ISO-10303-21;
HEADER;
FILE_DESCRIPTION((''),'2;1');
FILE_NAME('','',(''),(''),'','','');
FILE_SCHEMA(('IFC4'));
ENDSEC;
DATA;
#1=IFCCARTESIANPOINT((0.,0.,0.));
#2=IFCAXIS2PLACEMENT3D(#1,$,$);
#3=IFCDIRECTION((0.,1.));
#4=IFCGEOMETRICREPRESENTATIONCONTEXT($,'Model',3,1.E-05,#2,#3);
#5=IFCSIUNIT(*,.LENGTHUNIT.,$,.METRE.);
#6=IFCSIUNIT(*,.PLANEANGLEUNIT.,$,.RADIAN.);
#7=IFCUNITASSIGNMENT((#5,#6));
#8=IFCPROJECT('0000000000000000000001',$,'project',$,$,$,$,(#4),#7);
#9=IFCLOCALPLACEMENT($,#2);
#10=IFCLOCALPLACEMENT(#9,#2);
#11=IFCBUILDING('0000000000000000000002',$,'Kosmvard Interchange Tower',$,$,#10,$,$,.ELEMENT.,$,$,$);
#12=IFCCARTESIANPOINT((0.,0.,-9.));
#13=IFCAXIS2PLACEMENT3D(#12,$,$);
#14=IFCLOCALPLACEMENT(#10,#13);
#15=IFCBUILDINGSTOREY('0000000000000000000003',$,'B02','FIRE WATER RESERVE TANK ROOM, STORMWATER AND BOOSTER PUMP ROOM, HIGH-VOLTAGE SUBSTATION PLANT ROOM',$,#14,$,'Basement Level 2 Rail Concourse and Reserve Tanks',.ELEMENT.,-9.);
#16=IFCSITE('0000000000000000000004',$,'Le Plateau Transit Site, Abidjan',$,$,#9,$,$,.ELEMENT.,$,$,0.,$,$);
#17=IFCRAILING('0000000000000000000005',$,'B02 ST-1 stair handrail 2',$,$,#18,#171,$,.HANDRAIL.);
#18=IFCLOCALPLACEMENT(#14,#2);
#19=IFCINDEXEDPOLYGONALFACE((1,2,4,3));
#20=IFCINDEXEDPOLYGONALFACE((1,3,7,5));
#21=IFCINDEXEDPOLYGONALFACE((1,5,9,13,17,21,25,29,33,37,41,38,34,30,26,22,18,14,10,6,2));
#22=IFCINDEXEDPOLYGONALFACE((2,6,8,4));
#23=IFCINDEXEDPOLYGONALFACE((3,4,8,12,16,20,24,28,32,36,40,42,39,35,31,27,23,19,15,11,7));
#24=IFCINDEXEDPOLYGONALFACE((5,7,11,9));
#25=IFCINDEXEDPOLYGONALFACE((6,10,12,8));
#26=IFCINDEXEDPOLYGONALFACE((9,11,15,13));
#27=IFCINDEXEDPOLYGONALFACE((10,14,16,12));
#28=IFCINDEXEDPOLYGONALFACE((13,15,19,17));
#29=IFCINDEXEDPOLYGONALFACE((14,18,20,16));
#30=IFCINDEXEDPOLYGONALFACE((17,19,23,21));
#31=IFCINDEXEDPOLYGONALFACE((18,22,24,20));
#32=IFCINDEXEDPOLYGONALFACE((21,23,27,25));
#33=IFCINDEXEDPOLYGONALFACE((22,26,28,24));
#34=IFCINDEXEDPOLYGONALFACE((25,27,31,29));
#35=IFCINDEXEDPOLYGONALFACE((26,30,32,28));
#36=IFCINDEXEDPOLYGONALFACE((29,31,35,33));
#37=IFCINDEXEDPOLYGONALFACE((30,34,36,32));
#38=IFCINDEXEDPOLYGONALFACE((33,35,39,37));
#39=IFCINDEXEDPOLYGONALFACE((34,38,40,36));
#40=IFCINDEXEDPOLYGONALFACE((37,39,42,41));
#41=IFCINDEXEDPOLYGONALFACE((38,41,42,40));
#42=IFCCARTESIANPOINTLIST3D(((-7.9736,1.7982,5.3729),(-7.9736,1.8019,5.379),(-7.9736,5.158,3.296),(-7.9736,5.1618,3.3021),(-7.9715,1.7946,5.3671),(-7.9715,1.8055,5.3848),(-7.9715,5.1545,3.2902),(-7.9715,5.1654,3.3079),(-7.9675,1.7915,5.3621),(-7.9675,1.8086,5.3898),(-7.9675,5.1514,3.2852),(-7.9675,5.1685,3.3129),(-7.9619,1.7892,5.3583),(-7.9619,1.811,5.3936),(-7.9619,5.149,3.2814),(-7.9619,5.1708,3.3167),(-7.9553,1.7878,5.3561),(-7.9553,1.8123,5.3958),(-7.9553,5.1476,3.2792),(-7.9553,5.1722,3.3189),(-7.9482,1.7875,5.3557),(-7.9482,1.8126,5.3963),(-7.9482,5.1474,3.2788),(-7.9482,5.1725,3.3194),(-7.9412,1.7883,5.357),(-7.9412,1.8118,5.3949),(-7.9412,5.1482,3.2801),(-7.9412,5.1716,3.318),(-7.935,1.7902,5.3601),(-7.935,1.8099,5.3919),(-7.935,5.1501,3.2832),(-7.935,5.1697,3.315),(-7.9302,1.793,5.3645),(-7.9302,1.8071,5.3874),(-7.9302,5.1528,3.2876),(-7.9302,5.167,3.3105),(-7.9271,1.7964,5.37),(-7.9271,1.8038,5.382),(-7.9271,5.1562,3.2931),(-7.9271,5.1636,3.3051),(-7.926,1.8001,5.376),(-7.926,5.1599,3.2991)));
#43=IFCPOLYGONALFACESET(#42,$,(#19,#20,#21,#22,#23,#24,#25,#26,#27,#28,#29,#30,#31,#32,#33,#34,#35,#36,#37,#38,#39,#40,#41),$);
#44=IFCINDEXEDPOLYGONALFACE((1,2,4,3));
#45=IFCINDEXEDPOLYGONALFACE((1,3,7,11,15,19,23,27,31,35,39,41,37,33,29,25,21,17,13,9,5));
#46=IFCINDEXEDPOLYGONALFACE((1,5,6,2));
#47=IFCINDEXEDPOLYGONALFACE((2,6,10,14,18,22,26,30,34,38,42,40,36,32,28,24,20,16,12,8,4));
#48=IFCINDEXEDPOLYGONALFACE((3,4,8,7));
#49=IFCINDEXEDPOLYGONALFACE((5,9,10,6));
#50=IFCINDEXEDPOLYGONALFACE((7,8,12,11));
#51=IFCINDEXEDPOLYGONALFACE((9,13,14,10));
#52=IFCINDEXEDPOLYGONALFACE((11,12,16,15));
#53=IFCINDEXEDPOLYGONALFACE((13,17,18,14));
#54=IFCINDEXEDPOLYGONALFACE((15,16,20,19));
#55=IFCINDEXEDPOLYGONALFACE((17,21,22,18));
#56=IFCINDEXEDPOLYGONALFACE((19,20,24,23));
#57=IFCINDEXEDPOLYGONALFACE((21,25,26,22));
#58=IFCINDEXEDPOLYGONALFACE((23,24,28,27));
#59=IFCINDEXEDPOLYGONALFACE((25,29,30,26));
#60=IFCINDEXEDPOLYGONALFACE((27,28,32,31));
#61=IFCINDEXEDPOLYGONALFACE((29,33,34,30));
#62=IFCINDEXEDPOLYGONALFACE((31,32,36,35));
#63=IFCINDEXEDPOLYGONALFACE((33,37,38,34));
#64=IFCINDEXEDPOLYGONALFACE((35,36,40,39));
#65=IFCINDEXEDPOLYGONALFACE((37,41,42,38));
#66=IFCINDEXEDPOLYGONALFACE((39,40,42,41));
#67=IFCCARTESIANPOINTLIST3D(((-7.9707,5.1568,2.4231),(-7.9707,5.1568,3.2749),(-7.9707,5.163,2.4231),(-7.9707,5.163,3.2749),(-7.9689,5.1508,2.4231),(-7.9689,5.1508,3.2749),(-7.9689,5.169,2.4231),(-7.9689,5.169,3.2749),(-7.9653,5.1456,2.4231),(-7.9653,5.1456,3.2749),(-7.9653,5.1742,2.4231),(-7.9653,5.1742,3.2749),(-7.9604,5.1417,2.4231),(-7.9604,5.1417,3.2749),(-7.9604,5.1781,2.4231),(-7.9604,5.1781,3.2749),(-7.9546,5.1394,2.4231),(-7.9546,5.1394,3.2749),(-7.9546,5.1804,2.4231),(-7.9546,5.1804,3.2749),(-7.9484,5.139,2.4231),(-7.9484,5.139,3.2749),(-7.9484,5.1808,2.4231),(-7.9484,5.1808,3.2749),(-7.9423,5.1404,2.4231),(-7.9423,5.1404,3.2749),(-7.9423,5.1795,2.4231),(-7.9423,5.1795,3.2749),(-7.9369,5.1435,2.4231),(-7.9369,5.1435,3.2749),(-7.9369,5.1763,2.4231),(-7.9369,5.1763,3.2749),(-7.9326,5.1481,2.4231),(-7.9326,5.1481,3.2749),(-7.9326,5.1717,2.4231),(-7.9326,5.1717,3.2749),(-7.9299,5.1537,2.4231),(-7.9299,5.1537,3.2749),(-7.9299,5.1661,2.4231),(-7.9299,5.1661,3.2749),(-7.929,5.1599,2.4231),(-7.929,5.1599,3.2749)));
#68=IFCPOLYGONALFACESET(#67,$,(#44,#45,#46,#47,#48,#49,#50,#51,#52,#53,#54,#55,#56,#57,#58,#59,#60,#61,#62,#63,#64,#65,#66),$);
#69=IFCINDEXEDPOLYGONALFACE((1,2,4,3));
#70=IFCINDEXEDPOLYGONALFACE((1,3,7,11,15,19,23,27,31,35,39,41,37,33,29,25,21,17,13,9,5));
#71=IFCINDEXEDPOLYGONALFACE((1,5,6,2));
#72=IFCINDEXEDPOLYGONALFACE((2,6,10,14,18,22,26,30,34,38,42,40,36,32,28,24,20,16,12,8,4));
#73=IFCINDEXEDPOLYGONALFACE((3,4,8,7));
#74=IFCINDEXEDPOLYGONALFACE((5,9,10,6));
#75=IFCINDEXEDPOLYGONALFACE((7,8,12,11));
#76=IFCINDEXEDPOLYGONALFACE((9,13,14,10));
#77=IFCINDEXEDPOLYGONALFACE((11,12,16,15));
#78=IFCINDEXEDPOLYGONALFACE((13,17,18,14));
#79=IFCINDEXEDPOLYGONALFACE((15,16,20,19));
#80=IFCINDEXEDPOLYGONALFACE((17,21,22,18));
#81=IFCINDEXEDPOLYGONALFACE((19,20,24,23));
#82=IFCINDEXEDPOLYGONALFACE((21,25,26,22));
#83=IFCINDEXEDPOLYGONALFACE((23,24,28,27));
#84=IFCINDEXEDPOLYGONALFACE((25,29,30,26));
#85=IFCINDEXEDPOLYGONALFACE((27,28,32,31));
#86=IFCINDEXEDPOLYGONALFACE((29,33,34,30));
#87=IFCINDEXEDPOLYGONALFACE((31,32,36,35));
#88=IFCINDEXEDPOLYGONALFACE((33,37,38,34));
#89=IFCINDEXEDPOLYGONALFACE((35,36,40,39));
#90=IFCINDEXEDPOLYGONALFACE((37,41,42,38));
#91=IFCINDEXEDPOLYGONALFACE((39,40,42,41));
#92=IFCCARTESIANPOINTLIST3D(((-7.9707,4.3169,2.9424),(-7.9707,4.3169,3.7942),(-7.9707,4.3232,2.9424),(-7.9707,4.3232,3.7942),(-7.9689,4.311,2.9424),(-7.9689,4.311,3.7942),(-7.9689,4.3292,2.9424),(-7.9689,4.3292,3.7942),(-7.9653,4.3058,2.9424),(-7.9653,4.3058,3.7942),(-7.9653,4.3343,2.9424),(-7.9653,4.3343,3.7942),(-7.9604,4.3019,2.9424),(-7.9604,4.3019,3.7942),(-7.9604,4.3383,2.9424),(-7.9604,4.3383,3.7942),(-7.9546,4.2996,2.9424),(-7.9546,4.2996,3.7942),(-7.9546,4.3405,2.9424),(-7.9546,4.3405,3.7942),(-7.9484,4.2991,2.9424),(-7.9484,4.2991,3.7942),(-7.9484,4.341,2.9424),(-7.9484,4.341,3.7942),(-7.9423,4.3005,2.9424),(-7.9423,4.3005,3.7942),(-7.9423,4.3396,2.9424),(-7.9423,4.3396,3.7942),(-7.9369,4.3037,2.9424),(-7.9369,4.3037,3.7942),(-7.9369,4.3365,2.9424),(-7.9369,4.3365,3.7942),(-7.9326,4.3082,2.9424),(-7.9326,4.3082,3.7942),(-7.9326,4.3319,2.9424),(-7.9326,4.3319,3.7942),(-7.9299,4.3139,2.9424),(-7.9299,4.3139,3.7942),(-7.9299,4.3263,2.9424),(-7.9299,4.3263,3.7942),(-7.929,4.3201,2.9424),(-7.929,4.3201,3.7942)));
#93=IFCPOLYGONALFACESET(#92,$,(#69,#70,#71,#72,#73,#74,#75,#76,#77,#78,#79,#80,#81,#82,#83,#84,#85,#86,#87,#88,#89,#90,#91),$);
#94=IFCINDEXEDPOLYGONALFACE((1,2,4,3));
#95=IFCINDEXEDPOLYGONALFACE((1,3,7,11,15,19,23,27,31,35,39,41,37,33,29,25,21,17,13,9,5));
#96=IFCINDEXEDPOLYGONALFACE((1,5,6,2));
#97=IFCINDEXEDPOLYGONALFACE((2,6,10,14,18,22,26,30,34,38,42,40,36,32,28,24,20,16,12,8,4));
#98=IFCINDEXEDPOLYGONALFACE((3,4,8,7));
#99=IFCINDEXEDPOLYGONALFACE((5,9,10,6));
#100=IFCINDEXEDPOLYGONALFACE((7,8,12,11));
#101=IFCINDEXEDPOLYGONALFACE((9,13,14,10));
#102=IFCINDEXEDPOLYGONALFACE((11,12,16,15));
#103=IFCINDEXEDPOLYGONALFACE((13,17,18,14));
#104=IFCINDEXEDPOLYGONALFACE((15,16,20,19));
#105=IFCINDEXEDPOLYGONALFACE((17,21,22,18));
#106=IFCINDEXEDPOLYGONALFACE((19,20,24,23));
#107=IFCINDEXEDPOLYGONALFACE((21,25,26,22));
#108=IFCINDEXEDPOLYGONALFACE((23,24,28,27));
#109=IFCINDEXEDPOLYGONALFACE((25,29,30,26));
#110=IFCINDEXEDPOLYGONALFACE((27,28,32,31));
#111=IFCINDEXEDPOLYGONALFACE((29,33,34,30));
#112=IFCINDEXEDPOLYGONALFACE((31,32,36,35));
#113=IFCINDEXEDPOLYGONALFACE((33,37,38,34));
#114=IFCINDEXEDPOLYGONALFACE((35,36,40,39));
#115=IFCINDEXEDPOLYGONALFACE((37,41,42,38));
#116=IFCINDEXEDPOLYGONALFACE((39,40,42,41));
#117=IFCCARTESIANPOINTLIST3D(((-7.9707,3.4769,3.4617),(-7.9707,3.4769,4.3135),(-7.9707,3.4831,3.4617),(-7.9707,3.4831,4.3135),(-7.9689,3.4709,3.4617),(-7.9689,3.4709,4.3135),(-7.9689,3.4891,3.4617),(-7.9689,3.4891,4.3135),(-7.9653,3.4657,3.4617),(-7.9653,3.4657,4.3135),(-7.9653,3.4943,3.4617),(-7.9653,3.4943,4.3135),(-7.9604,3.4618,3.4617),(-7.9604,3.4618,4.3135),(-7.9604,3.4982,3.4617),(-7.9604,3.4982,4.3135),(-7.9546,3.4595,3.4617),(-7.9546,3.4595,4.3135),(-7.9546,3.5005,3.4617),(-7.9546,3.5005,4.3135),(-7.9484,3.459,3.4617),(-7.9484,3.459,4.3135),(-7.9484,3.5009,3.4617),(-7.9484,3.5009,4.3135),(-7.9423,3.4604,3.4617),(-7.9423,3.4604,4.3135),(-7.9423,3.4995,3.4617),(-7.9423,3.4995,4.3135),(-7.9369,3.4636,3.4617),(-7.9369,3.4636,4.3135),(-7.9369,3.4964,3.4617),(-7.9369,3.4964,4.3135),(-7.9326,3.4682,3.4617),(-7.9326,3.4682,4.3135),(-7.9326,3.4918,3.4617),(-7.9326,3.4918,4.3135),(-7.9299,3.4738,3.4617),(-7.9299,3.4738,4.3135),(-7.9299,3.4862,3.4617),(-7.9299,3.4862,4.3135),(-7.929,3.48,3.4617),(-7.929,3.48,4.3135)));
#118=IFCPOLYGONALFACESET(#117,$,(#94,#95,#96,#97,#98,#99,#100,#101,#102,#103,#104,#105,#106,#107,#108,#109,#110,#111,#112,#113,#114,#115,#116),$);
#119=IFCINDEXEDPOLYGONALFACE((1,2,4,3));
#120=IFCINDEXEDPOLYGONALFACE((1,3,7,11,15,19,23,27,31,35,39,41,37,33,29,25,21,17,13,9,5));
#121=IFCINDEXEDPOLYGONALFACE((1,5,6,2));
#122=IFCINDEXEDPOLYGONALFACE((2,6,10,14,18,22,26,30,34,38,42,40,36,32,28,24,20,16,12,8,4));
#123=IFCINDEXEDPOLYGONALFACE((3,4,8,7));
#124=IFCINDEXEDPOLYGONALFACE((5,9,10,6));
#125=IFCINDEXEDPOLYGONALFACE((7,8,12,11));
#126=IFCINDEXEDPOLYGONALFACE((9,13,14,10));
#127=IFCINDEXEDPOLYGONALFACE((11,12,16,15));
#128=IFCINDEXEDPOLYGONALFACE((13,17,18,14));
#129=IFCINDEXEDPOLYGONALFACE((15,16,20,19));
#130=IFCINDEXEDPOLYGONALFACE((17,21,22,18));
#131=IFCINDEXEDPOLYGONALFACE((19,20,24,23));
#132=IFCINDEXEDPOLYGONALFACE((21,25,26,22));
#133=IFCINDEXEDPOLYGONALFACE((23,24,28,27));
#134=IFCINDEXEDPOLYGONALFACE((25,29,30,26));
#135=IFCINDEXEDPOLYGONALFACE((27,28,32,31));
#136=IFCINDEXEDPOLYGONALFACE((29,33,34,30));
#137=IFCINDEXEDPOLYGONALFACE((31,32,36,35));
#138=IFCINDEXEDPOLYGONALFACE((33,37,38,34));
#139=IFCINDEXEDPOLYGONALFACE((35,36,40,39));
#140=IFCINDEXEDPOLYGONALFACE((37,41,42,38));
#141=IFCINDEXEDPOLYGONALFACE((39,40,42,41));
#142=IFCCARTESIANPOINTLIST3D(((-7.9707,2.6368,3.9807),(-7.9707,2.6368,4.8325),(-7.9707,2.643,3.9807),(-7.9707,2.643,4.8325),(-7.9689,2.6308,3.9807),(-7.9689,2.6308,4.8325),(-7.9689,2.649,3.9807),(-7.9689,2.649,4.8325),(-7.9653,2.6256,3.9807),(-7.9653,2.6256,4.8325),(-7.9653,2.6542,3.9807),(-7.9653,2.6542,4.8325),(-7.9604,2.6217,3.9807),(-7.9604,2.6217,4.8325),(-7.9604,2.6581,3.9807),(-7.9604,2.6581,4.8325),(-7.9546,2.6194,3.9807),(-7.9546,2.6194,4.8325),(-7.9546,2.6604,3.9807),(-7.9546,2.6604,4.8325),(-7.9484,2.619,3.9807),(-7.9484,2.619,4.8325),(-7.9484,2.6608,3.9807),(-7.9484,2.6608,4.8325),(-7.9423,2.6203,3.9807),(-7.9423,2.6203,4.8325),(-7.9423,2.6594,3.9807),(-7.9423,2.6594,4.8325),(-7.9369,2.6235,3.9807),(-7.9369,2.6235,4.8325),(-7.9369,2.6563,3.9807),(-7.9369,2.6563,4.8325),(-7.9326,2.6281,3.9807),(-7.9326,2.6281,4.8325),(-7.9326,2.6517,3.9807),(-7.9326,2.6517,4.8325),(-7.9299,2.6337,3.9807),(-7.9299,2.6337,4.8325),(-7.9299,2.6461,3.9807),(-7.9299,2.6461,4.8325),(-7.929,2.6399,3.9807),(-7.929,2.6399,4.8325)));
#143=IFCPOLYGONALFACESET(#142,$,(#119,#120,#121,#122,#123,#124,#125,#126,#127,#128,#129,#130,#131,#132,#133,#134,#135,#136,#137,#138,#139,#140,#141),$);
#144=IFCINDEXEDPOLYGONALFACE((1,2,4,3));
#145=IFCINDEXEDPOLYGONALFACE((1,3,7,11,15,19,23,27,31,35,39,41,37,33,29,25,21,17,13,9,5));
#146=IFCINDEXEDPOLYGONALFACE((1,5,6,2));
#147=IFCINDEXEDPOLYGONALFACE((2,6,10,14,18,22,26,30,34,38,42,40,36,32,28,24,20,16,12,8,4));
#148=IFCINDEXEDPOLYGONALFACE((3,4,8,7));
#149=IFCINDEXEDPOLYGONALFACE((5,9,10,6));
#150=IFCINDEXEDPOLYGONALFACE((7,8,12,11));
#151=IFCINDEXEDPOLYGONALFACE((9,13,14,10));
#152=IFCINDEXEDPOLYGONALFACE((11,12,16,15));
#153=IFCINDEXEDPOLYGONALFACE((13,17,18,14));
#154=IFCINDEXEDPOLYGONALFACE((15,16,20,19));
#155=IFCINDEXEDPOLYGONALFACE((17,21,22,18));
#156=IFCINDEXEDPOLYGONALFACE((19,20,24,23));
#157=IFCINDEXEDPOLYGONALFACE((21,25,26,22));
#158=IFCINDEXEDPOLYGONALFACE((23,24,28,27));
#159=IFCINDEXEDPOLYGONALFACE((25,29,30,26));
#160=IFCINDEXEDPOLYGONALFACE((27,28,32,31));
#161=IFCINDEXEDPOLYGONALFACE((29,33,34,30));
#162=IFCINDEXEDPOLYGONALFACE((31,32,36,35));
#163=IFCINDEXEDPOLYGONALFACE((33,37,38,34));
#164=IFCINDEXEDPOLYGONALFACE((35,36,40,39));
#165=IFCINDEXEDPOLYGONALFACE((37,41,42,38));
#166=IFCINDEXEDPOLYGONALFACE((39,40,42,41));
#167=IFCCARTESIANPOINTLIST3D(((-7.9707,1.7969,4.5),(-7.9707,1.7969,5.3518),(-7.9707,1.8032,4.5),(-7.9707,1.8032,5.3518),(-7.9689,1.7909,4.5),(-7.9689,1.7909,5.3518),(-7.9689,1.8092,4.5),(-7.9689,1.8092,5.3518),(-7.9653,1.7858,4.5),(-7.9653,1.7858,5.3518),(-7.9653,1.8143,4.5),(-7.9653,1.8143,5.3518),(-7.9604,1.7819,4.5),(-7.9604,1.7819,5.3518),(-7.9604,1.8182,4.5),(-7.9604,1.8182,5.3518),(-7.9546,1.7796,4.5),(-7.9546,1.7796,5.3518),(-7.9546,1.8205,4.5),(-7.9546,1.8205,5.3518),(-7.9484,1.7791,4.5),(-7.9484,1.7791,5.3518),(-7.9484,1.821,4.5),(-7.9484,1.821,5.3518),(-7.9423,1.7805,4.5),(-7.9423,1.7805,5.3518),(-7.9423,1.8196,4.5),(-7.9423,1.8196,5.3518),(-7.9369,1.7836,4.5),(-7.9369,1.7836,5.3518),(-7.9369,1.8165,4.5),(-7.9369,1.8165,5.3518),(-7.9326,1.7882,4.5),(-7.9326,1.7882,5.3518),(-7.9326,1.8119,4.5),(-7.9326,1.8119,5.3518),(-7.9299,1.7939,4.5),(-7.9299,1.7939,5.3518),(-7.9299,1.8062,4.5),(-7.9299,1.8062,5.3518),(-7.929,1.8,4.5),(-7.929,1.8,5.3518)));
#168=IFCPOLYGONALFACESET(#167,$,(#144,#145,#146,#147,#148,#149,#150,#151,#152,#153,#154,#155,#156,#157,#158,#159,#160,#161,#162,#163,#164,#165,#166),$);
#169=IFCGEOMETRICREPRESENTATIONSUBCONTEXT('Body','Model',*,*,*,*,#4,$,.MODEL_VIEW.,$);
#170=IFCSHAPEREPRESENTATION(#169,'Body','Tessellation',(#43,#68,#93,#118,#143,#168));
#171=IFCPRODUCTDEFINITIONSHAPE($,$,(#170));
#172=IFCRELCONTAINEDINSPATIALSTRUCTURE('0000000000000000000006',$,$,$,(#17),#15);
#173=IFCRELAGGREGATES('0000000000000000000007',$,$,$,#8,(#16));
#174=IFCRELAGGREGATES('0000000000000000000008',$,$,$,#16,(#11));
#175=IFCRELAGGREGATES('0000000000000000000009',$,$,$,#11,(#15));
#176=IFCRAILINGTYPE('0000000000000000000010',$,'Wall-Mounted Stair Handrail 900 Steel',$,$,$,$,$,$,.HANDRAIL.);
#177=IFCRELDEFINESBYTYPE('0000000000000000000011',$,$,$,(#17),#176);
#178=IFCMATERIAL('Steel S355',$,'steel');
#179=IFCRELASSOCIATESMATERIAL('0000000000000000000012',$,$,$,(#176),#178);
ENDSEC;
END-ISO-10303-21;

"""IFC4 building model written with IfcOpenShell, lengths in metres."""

from ifc_helpers import new_model, si_unit, direction, frame, origin, origin_2d, place, context, subcontext, project, spatial, circle, extrude, source, transform, mapped, material, type_object, element, save


model = new_model("IFC4")

# Units and contexts
model_context = context("Model", 3, precision=1e-05, world=origin(), true_north=direction((0.0, 1.0)))
body_context = subcontext(model_context, "Body", "Model", "MODEL_VIEW")
ifc_project = project(units=[si_unit("LENGTHUNIT", "METRE"), si_unit("PLANEANGLEUNIT", "RADIAN")], contexts=[model_context])

# Site, building, storey
site_placement = place(None, origin())
site = spatial("IfcSite", under=ifc_project, at=site_placement, Name="Le Plateau Transit Site, Abidjan", CompositionType="ELEMENT", RefElevation=0.0)
building_placement = place(site_placement, origin())
building = spatial("IfcBuilding", under=site, at=building_placement, Name="Kosmvard Interchange Tower", CompositionType="ELEMENT")
storey_placement = place(building_placement, frame((0.0, 0.0, -9.0)))
storey = spatial("IfcBuildingStorey", under=building, at=storey_placement, Name="B02", Description="FIRE WATER RESERVE TANK ROOM, STORMWATER AND BOOSTER PUMP ROOM, HIGH-VOLTAGE SUBSTATION PLANT ROOM", LongName="Basement Level 2 Rail Concourse and Reserve Tanks", CompositionType="ELEMENT", Elevation=-9.0)

# Railing
ifc_material_1 = material(Name="Steel S355", Category="steel")
railing_type_1 = type_object("IfcRailingType", Name="Wall-Mounted Stair Handrail 900 Steel", PredefinedType="HANDRAIL", material=ifc_material_1)
shared_shape_1 = source(origin(), body_context, "Body", "SweptSolid", [
    extrude(circle(Radius=0.0239, at=origin_2d()), frame((0.0, 0.0, 0.876), z_axis=(0.0, -0.850606, 0.525803), x_axis=(1.0, 0.0, 0.0)), (0.0, 0.0, 1.0), 3.95),
    extrude(circle(Radius=0.021, at=origin_2d()), origin(), (0.0, 0.0, 1.0), 0.8518),
    extrude(circle(Radius=0.021, at=origin_2d()), frame((0.0, -0.8398, 0.5193)), (0.0, 0.0, 1.0), 0.8518),
    extrude(circle(Radius=0.021, at=origin_2d()), frame((0.0, -1.6799, 1.0386)), (0.0, 0.0, 1.0), 0.8518),
    extrude(circle(Radius=0.021, at=origin_2d()), frame((0.0, -2.52, 1.5576)), (0.0, 0.0, 1.0), 0.8518),
    extrude(circle(Radius=0.021, at=origin_2d()), frame((0.0, -3.3599, 2.0769)), (0.0, 0.0, 1.0), 0.8518),
])
railing_1_placement = place(storey_placement, frame((-7.95, 5.1599, 2.4231)))
element("IfcRailing", 1, at=railing_1_placement, inside=storey, type_object=railing_type_1, Name="B02 ST-1 stair handrail 2", PredefinedType="HANDRAIL", context=body_context, shape_type="MappedRepresentation", body=[
    mapped(shared_shape_1, transform((0.0, 0.0, 0.0), scale=1.0)),
])

save(model, "model.ifc")
